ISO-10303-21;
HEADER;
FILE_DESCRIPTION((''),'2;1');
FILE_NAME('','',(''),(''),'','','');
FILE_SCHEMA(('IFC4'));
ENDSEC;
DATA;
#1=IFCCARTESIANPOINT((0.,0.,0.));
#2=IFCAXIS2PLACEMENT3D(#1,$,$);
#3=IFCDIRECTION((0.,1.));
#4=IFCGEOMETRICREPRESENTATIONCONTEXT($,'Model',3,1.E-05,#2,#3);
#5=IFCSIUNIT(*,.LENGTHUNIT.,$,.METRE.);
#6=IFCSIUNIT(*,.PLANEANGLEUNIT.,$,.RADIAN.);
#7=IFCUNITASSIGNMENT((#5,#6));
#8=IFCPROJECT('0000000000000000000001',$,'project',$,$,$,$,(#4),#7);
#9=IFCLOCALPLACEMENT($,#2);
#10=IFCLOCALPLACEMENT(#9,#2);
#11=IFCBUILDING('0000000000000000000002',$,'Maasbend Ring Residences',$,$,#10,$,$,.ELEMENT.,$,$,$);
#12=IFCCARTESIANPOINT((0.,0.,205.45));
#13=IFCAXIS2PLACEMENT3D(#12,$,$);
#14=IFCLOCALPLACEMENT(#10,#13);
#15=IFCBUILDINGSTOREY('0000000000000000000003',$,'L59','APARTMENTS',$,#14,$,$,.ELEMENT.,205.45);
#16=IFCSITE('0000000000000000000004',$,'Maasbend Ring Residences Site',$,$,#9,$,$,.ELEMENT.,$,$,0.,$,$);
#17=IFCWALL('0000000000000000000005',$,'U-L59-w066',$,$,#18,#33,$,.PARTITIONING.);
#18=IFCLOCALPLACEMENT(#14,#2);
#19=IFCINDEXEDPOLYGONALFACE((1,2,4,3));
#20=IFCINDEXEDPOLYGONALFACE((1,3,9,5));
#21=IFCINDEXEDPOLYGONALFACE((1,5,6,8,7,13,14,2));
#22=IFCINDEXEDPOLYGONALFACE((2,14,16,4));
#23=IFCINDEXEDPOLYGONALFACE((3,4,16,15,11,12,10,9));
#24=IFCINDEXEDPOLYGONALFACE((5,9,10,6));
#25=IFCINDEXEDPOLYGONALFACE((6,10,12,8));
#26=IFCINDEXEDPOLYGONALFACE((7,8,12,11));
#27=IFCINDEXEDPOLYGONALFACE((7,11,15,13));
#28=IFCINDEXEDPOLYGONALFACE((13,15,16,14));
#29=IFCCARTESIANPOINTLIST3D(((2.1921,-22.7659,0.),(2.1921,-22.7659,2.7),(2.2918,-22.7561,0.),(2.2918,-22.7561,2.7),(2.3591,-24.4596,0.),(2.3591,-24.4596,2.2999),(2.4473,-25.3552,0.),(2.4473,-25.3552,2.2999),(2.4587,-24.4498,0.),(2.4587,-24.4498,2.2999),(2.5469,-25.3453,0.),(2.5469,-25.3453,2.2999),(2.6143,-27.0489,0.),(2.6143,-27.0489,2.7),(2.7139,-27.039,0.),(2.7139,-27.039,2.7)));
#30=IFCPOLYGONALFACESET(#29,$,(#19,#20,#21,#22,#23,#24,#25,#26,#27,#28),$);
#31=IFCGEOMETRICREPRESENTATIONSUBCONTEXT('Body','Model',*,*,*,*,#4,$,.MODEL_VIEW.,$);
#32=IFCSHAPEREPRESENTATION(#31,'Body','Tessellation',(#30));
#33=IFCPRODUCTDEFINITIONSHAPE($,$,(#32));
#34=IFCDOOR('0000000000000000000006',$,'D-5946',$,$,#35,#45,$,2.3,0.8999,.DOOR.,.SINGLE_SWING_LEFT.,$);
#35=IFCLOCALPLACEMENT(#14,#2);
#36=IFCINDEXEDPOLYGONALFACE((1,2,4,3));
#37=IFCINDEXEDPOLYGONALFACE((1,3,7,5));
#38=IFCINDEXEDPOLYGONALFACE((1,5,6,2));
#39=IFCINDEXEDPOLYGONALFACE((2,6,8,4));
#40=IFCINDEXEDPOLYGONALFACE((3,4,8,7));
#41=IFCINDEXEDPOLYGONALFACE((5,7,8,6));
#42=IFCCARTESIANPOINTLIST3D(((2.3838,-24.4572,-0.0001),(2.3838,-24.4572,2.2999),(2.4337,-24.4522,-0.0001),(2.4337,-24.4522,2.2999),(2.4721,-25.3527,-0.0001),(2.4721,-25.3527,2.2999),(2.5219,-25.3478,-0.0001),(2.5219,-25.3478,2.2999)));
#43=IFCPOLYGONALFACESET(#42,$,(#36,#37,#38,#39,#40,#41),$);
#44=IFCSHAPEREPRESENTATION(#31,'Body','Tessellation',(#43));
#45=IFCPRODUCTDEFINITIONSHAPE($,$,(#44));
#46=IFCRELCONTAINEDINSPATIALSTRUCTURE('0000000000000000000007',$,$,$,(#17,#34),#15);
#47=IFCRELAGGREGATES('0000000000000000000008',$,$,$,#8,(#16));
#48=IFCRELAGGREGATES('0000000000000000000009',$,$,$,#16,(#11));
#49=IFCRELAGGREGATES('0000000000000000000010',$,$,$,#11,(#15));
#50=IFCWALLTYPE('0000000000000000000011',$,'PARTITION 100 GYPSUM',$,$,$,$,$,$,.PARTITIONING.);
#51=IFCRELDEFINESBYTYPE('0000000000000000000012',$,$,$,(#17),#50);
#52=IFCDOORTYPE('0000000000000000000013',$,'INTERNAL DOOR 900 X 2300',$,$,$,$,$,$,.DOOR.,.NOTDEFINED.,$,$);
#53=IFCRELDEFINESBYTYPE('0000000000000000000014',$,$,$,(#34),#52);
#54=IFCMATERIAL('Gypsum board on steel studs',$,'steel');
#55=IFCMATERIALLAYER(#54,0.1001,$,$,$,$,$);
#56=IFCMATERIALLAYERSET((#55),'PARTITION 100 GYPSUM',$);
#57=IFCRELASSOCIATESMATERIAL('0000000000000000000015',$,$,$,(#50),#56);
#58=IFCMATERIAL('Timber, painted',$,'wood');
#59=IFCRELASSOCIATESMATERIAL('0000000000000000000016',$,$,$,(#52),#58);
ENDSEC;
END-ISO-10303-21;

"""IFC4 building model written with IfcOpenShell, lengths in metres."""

from ifc_helpers import new_model, si_unit, direction, frame, frame_2d, origin, place, context, subcontext, project, spatial, rectangle, extrude, material, layer, layer_set, type_object, element, fill, save


model = new_model("IFC4")

# Units and contexts
model_context = context("Model", 3, precision=1e-05, world=origin(), true_north=direction((0.0, 1.0)))
body_context = subcontext(model_context, "Body", "Model", "MODEL_VIEW")
ifc_project = project(units=[si_unit("LENGTHUNIT", "METRE"), si_unit("PLANEANGLEUNIT", "RADIAN")], contexts=[model_context])

# Site, building, storey
site_placement = place(None, origin())
site = spatial("IfcSite", under=ifc_project, at=site_placement, Name="Maasbend Ring Residences Site", CompositionType="ELEMENT", RefElevation=0.0)
building_placement = place(site_placement, origin())
building = spatial("IfcBuilding", under=site, at=building_placement, Name="Maasbend Ring Residences", CompositionType="ELEMENT")
storey_placement = place(building_placement, frame((0.0, 0.0, 205.45)))
storey = spatial("IfcBuildingStorey", under=building, at=storey_placement, Name="L59", Description="APARTMENTS", CompositionType="ELEMENT", Elevation=205.45)

# Wall, opening, door
ifc_material_1 = material(Name="Gypsum board on steel studs", Category="steel")
ifc_layer_1 = layer(ifc_material_1, 0.1001)
ifc_layer_set_1 = layer_set([ifc_layer_1], Name="PARTITION 100 GYPSUM")
wall_type_1 = type_object("IfcWallType", Name="PARTITION 100 GYPSUM", PredefinedType="PARTITIONING", material=ifc_layer_set_1)
ifc_material_2 = material(Name="Timber, painted", Category="wood")
door_type_1 = type_object("IfcDoorType", Name="INTERNAL DOOR 900 X 2300", OperationType="NOTDEFINED", PredefinedType="DOOR", material=ifc_material_2)
wall_1_placement = place(storey_placement, frame((2.2419, -22.761, 0.0), z_axis=(0.0, 0.0, 1.0), x_axis=(0.098083, -0.995178, 0.0)))
wall_1 = element("IfcWall", 1, at=wall_1_placement, inside=storey, type_object=wall_type_1, Name="U-L59-w066", PredefinedType="PARTITIONING", context=body_context, shape_type="SweptSolid", body=[
    extrude(rectangle(XDim=4.3037, YDim=0.1001, at=frame_2d((2.1519, 0.0))), origin(), (0.0, 0.0, 1.0), 2.7),
])
opening_1_placement = place(wall_1_placement, frame((1.7019, 0.0, 0.0)))
opening_1 = element("IfcOpeningElement", 2, at=opening_1_placement, cuts=wall_1, PredefinedType="OPENING", context=body_context, shape_type="SweptSolid", body=[
    extrude(rectangle(XDim=0.8999, YDim=2.3, at=frame_2d((0.45, 1.1499))), frame((0.0, 0.0601, 0.0), z_axis=(0.0, -1.0, 0.0), x_axis=(1.0, 0.0, 0.0)), (0.0, 0.0, 1.0), 0.1201),
])
door_1_placement = place(opening_1_placement, origin())
door_1 = element("IfcDoor", 3, at=door_1_placement, inside=storey, type_object=door_type_1, Name="D-5946", OperationType="SINGLE_SWING_LEFT", OverallHeight=2.3, OverallWidth=0.8999, PredefinedType="DOOR", context=body_context, shape_type="SweptSolid", body=[
    extrude(rectangle(XDim=0.8999, YDim=2.3, at=frame_2d((0.45, 1.1499))), frame((0.0, 0.0249, 0.0), z_axis=(0.0, -1.0, 0.0), x_axis=(1.0, 0.0, 0.0)), (0.0, 0.0, 1.0), 0.05),
])
fill(opening_1, door_1)

save(model, "model.ifc")
